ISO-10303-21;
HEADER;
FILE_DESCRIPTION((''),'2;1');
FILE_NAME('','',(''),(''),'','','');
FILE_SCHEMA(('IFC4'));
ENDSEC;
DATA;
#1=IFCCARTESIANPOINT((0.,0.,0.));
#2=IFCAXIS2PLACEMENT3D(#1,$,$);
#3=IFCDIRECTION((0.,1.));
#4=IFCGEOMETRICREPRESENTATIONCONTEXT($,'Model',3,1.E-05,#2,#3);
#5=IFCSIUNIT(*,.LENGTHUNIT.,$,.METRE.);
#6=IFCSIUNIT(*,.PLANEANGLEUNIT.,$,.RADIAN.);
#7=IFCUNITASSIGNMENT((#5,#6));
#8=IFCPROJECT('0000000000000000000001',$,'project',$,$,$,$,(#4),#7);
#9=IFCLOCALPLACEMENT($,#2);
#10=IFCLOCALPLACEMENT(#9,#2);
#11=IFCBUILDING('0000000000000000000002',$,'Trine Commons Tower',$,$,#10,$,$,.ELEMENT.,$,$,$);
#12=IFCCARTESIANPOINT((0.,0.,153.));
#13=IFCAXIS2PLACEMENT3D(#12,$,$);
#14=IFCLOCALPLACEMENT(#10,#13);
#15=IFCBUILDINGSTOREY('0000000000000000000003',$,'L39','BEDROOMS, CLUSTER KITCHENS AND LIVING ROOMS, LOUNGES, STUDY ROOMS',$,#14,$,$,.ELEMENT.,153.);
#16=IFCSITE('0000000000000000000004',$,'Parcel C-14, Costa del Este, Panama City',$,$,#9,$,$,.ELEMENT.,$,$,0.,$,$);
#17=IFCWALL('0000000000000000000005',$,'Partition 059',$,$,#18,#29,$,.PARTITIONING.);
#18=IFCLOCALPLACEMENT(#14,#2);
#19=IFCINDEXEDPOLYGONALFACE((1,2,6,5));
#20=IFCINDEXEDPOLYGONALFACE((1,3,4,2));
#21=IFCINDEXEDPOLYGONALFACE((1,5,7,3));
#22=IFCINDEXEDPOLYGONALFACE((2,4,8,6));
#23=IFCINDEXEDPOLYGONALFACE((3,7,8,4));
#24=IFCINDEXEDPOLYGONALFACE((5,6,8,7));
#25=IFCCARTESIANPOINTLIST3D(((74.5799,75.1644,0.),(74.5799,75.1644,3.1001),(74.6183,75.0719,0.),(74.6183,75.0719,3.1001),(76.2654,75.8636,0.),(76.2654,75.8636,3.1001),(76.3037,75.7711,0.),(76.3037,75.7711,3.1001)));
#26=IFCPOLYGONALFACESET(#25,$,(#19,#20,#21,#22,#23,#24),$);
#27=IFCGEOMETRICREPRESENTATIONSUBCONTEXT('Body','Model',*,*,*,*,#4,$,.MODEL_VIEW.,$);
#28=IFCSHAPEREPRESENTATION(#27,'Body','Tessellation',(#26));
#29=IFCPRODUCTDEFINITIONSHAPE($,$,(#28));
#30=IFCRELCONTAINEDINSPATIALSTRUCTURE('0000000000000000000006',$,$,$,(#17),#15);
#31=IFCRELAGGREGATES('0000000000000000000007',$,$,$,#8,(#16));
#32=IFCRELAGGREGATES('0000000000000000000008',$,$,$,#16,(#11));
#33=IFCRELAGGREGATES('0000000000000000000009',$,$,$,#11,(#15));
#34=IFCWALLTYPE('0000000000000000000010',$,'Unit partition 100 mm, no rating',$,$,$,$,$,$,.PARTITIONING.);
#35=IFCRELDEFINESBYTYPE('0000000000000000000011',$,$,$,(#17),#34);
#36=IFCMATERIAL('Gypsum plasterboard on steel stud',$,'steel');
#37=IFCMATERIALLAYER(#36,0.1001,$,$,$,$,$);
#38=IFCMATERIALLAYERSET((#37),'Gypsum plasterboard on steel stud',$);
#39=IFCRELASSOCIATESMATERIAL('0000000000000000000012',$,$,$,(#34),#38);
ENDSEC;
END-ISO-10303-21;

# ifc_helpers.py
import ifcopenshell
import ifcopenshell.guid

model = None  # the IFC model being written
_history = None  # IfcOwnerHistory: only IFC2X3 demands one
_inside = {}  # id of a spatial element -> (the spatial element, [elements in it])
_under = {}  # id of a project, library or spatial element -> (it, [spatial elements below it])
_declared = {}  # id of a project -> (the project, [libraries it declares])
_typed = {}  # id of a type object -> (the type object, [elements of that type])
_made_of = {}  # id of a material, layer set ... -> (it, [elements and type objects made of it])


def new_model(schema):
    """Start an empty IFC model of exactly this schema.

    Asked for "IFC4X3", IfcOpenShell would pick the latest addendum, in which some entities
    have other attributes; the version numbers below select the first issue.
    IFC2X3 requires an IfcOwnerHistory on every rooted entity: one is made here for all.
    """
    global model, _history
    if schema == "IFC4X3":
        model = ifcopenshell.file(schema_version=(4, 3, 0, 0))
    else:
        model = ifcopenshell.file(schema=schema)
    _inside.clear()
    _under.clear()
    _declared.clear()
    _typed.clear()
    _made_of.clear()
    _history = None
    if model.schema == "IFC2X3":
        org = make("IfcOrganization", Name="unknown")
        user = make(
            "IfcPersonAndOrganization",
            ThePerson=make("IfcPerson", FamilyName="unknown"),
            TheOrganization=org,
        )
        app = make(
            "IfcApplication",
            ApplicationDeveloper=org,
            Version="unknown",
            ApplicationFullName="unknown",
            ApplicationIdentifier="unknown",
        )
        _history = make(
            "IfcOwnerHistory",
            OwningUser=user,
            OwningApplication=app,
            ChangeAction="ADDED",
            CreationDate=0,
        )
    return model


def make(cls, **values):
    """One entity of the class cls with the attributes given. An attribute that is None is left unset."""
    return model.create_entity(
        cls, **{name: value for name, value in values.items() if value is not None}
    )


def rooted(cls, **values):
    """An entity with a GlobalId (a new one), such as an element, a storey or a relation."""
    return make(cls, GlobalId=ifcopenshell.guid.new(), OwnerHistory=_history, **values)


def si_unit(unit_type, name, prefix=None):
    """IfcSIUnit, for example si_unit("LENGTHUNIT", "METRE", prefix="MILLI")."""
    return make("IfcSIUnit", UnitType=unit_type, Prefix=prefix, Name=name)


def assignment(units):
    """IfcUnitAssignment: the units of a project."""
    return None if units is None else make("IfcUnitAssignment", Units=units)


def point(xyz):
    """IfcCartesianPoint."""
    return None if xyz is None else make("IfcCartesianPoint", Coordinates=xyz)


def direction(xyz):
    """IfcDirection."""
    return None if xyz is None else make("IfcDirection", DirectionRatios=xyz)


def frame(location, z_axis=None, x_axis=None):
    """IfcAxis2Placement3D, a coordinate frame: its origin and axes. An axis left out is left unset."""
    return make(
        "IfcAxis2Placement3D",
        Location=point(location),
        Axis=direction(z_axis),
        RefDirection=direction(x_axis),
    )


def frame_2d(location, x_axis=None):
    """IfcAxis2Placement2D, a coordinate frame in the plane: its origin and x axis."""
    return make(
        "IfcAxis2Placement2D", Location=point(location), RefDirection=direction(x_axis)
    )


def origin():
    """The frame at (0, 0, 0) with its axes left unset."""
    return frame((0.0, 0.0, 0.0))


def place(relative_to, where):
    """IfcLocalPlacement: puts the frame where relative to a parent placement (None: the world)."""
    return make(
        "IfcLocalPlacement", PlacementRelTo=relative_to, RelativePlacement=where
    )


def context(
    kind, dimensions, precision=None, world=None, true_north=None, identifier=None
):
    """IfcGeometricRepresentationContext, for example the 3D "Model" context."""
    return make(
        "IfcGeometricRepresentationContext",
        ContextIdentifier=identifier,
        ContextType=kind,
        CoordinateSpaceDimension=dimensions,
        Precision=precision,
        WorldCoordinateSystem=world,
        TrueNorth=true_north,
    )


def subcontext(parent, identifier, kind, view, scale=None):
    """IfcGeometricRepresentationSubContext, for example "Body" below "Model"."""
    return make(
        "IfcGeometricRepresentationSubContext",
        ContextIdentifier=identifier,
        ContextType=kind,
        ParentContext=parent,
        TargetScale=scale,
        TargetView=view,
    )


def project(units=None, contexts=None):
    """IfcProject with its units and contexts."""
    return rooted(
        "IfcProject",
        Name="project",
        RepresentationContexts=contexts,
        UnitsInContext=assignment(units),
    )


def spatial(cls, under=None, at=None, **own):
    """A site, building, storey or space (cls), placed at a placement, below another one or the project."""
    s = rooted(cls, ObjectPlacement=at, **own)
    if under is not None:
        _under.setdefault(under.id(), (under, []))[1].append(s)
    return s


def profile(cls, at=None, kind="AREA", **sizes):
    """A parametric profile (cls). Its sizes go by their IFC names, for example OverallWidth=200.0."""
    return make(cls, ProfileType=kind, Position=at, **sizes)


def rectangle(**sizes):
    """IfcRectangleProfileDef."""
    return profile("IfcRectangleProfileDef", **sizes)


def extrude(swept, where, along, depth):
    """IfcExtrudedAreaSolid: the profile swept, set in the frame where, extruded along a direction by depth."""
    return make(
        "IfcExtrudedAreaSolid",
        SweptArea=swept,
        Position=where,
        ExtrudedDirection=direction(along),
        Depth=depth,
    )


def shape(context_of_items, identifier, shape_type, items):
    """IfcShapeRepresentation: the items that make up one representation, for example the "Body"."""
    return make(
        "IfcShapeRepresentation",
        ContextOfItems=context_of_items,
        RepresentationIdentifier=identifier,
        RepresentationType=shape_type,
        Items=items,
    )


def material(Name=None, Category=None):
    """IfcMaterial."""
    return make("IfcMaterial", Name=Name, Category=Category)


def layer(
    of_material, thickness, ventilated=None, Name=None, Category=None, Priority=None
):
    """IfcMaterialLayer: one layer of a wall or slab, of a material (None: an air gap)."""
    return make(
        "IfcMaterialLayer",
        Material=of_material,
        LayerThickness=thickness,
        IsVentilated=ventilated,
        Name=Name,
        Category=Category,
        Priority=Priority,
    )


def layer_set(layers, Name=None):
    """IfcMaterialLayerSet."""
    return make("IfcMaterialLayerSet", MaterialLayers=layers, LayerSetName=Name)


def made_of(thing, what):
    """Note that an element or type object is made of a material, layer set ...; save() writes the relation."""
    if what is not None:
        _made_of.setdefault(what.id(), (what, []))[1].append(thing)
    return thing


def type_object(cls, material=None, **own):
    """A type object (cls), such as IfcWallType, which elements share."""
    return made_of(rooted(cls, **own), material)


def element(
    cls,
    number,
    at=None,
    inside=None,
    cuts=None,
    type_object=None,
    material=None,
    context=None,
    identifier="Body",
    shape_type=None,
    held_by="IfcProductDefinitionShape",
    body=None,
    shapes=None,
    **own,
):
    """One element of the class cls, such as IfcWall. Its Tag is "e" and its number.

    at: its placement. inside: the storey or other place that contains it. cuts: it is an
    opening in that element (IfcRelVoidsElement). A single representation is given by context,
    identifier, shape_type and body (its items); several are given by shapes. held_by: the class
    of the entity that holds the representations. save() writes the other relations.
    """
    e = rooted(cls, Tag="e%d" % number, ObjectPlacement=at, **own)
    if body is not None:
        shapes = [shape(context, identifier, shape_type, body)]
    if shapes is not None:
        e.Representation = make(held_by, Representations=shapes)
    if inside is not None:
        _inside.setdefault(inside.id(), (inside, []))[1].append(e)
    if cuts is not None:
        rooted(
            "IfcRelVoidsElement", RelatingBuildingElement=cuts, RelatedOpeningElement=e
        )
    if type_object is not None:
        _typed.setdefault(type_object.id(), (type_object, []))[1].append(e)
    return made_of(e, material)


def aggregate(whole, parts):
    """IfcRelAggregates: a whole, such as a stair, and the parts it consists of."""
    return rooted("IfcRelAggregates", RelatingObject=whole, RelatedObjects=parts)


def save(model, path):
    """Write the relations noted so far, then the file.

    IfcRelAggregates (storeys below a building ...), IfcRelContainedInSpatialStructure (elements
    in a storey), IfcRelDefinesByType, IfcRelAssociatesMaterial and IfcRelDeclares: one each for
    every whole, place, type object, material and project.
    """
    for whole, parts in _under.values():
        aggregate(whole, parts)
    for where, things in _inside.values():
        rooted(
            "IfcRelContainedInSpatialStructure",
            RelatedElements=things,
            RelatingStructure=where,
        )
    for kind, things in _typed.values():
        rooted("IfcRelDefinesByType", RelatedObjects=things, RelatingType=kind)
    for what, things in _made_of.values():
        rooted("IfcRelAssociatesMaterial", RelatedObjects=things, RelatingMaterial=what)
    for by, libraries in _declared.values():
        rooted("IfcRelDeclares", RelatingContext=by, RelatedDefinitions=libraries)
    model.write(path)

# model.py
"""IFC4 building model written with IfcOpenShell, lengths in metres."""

from ifc_helpers import new_model, si_unit, direction, frame, frame_2d, origin, place, context, subcontext, project, spatial, rectangle, extrude, material, layer, layer_set, type_object, element, save


model = new_model("IFC4")

# Units and contexts
model_context = context("Model", 3, precision=1e-05, world=origin(), true_north=direction((0.0, 1.0)))
body_context = subcontext(model_context, "Body", "Model", "MODEL_VIEW")
ifc_project = project(units=[si_unit("LENGTHUNIT", "METRE"), si_unit("PLANEANGLEUNIT", "RADIAN")], contexts=[model_context])

# Site, building, storey
site_placement = place(None, origin())
site = spatial("IfcSite", under=ifc_project, at=site_placement, Name="Parcel C-14, Costa del Este, Panama City", CompositionType="ELEMENT", RefElevation=0.0)
building_placement = place(site_placement, origin())
building = spatial("IfcBuilding", under=site, at=building_placement, Name="Trine Commons Tower", CompositionType="ELEMENT")
storey_placement = place(building_placement, frame((0.0, 0.0, 153.0)))
storey = spatial("IfcBuildingStorey", under=building, at=storey_placement, Name="L39", Description="BEDROOMS, CLUSTER KITCHENS AND LIVING ROOMS, LOUNGES, STUDY ROOMS", CompositionType="ELEMENT", Elevation=153.0)

# Shared definitions
ifc_material_1 = material(Name="Gypsum plasterboard on steel stud", Category="steel")

# Shared definitions
ifc_layer_1 = layer(ifc_material_1, 0.1001)
ifc_layer_set_1 = layer_set([ifc_layer_1], Name="Gypsum plasterboard on steel stud")
wall_type_1 = type_object("IfcWallType", Name="Unit partition 100 mm, no rating", PredefinedType="PARTITIONING", material=ifc_layer_set_1)

# Wall
wall_1_placement = place(storey_placement, frame((74.5991, 75.1182, 0.0), z_axis=(0.0, 0.0, 1.0), x_axis=(0.923677, 0.383171, 0.0)))
element("IfcWall", 1, at=wall_1_placement, inside=storey, type_object=wall_type_1, Name="Partition 059", PredefinedType="PARTITIONING", context=body_context, shape_type="SweptSolid", body=[
    extrude(rectangle(XDim=1.8247, YDim=0.1001, at=frame_2d((0.9124, 0.0))), origin(), (0.0, 0.0, 1.0), 3.1001),
])

save(model, "model.ifc")
